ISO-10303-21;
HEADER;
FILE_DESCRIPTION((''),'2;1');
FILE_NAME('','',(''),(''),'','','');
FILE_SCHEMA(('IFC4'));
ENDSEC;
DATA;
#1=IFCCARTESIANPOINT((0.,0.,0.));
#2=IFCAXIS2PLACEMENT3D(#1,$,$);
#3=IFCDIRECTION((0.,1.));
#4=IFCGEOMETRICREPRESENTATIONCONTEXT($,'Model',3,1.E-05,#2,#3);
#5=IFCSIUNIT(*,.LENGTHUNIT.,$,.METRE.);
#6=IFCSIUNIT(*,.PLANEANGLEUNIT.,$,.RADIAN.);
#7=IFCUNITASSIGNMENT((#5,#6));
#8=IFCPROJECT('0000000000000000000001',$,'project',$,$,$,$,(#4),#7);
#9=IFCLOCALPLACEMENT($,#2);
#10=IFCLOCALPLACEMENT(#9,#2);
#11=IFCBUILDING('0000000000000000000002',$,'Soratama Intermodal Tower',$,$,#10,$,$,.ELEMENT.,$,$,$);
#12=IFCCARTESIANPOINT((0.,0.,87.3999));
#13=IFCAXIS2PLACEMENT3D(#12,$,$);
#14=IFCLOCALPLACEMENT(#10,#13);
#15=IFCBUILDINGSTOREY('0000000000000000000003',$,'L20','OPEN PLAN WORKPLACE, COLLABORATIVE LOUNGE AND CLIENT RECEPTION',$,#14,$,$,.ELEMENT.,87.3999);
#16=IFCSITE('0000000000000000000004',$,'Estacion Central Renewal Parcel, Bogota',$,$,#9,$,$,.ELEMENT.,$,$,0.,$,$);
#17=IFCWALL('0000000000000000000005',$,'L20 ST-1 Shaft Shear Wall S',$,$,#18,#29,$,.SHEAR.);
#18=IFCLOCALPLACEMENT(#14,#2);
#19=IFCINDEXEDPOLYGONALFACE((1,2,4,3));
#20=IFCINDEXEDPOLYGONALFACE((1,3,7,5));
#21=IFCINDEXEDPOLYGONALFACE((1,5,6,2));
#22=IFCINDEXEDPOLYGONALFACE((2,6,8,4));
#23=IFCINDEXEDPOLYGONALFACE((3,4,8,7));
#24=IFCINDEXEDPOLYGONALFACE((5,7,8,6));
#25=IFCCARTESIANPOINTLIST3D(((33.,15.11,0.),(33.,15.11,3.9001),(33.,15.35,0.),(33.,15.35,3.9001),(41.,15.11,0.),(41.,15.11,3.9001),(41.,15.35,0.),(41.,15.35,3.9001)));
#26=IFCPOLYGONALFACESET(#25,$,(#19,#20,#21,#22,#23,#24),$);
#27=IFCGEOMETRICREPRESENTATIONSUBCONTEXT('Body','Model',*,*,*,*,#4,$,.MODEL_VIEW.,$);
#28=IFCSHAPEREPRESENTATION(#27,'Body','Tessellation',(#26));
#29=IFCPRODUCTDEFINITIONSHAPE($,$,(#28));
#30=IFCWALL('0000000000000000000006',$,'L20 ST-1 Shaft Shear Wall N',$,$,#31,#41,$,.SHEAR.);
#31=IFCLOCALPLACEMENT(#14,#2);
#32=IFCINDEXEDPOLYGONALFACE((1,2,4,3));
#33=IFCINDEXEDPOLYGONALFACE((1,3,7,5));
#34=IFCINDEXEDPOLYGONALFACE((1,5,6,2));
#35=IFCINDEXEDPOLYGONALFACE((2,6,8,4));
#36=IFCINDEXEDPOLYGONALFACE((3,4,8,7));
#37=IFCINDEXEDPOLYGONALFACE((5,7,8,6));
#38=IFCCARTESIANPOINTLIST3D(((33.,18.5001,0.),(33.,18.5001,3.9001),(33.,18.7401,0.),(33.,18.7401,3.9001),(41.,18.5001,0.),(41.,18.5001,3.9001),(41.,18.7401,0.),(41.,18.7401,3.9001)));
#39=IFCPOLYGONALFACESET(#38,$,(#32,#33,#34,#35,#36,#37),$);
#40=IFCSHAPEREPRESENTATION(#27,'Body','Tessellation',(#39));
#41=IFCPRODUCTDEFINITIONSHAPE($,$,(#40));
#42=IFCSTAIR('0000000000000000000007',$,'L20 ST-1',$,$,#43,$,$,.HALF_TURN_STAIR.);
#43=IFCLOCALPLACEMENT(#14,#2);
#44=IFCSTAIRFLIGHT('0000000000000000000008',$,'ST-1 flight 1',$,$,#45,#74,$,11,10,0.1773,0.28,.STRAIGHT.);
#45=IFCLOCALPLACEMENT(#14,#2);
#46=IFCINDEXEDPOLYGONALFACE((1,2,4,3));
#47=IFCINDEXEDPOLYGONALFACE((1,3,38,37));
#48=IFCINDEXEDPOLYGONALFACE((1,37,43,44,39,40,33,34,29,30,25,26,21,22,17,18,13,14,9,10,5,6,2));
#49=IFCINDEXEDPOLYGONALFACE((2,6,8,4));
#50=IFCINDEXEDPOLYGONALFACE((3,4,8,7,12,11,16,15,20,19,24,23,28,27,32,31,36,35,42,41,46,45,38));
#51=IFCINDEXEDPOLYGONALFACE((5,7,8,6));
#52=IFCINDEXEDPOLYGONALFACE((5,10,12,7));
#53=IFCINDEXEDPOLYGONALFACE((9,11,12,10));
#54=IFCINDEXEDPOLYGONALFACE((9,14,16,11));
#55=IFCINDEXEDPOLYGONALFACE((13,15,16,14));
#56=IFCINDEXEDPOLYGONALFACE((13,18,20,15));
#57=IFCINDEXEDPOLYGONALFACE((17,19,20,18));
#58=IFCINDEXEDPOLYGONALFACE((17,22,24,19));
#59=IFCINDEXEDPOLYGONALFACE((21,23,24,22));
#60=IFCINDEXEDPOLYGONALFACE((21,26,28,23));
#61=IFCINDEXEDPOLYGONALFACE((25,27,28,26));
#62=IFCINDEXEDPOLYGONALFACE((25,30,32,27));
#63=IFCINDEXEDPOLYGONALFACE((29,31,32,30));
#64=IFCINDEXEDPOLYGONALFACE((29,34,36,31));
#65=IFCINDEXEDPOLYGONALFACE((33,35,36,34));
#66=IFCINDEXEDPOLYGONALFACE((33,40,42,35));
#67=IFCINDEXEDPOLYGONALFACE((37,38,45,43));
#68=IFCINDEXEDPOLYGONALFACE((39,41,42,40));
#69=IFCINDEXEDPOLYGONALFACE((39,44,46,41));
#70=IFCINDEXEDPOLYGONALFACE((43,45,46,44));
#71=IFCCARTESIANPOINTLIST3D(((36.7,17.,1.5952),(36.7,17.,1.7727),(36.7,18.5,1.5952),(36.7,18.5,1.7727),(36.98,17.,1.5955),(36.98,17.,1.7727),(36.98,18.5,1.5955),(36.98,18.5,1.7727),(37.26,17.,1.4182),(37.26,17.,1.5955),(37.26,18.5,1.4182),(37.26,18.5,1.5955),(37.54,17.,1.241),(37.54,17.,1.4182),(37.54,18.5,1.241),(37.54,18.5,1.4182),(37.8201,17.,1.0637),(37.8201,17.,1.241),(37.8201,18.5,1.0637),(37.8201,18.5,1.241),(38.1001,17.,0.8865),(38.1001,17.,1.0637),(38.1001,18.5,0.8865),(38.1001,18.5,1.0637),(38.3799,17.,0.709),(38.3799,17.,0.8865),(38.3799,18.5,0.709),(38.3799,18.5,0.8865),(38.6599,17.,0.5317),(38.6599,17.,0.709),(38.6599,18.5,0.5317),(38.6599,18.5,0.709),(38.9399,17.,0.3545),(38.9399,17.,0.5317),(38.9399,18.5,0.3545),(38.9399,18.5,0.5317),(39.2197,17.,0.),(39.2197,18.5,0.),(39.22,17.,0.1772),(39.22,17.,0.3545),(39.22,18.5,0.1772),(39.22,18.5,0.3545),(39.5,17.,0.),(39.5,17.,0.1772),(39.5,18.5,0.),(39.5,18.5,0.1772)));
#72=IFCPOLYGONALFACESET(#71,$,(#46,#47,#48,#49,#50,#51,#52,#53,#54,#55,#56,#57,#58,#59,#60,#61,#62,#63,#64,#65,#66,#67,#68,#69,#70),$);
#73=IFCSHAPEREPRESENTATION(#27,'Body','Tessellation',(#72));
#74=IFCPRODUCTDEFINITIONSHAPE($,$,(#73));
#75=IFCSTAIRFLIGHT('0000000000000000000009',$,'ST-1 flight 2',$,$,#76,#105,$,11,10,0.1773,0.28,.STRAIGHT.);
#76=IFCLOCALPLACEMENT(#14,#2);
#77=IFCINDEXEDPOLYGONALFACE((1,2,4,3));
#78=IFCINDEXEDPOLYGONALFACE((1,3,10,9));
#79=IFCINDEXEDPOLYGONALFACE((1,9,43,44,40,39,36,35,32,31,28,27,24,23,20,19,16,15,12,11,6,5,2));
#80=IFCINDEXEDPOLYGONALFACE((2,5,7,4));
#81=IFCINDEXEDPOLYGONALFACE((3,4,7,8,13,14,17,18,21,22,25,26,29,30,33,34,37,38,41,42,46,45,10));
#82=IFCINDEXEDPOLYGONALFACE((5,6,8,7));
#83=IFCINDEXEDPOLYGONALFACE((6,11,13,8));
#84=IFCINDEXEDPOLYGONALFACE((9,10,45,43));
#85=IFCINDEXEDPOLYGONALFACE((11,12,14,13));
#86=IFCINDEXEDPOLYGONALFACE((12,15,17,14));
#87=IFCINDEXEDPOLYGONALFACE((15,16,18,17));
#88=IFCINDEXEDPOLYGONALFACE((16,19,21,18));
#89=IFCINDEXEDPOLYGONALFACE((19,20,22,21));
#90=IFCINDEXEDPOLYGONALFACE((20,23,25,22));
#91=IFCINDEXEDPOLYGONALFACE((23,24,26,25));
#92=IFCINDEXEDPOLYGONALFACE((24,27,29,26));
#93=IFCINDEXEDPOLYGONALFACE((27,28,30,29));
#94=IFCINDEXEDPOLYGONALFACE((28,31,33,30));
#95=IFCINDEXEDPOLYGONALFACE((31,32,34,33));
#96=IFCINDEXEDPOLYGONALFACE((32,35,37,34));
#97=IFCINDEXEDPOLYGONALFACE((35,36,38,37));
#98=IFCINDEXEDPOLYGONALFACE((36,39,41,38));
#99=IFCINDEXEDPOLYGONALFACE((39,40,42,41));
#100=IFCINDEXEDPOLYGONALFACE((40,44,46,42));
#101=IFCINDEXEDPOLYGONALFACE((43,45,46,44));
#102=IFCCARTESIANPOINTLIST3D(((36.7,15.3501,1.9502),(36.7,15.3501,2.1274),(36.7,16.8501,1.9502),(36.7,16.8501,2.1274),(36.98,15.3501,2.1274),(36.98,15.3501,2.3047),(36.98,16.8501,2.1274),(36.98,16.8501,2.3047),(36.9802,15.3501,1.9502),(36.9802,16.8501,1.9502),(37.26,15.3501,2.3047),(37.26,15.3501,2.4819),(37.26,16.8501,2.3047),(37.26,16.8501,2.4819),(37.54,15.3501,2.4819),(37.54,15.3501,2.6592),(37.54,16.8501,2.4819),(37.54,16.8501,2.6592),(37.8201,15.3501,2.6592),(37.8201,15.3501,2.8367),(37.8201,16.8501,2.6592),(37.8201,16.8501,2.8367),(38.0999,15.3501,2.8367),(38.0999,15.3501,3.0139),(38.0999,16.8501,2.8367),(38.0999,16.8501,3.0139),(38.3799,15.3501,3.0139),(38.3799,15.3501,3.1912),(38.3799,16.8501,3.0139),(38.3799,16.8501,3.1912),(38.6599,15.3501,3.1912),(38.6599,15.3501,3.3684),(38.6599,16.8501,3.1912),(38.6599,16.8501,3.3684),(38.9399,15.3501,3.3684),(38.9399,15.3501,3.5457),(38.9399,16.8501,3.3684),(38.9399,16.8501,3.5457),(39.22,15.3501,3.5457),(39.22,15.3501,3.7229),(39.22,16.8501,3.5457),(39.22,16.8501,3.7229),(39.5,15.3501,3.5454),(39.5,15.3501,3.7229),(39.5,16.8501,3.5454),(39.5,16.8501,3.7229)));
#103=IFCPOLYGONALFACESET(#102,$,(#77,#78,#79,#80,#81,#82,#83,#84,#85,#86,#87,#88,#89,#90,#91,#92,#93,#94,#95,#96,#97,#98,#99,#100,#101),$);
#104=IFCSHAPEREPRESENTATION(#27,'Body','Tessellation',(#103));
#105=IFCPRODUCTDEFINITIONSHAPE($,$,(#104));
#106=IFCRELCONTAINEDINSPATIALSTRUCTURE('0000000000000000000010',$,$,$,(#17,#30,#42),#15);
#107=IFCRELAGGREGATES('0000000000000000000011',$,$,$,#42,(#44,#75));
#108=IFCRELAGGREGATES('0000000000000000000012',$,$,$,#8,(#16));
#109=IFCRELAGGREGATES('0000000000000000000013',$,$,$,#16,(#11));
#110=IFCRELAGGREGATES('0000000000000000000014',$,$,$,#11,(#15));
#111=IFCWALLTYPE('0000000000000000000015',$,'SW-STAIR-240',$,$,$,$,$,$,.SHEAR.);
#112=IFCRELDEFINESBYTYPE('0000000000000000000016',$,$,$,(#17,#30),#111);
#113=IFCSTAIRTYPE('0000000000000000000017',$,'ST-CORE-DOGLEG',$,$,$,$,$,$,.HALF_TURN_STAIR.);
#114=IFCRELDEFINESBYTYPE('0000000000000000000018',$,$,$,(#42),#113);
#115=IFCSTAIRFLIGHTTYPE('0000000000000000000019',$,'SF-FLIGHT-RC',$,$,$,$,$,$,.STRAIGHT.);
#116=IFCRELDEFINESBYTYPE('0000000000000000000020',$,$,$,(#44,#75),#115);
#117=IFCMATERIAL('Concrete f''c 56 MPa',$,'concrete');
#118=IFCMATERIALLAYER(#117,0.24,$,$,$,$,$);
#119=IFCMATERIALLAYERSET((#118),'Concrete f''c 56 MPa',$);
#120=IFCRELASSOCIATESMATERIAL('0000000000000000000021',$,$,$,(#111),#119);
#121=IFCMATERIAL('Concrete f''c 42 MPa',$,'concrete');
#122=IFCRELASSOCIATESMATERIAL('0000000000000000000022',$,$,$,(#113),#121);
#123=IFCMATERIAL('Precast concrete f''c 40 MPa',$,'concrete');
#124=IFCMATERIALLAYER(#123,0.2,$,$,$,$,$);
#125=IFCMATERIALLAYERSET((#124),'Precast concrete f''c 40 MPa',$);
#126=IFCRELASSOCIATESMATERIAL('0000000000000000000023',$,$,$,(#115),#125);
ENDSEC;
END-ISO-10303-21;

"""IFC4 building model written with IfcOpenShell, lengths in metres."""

from ifc_helpers import new_model, si_unit, direction, frame, frame_2d, origin, place, context, subcontext, project, spatial, polyline, rectangle, outline, extrude, material, layer, layer_set, type_object, element, aggregate, save


model = new_model("IFC4")

# Units and contexts
model_context = context("Model", 3, precision=1e-05, world=origin(), true_north=direction((0.0, 1.0)))
body_context = subcontext(model_context, "Body", "Model", "MODEL_VIEW")
ifc_project = project(units=[si_unit("LENGTHUNIT", "METRE"), si_unit("PLANEANGLEUNIT", "RADIAN")], contexts=[model_context])

# Site, building, storey
site_placement = place(None, origin())
site = spatial("IfcSite", under=ifc_project, at=site_placement, Name="Estacion Central Renewal Parcel, Bogota", CompositionType="ELEMENT", RefElevation=0.0)
building_placement = place(site_placement, origin())
building = spatial("IfcBuilding", under=site, at=building_placement, Name="Soratama Intermodal Tower", CompositionType="ELEMENT")
storey_placement = place(building_placement, frame((0.0, 0.0, 87.3999)))
storey = spatial("IfcBuildingStorey", under=building, at=storey_placement, Name="L20", Description="OPEN PLAN WORKPLACE, COLLABORATIVE LOUNGE AND CLIENT RECEPTION", CompositionType="ELEMENT", Elevation=87.3999)

# Walls
ifc_material_1 = material(Name="Concrete f'c 56 MPa", Category="concrete")
ifc_layer_1 = layer(ifc_material_1, 0.24)
ifc_layer_set_1 = layer_set([ifc_layer_1], Name="Concrete f'c 56 MPa")
wall_type_1 = type_object("IfcWallType", Name="SW-STAIR-240", PredefinedType="SHEAR", material=ifc_layer_set_1)
for number, where, z_axis, x_axis, name in (
    (1, (33.0, 15.23, 0.0), (0.0, 0.0, 1.0), (1.0, 0.0, 0.0), "L20 ST-1 Shaft Shear Wall S"),
    (2, (33.0, 18.6201, 0.0), (0.0, 0.0, 1.0), (1.0, 0.0, 0.0), "L20 ST-1 Shaft Shear Wall N"),
):
    element("IfcWall", number, at=place(storey_placement, frame(where, z_axis=z_axis, x_axis=x_axis)), inside=storey, type_object=wall_type_1, Name=name, PredefinedType="SHEAR", context=body_context, shape_type="SweptSolid", body=[
        extrude(rectangle(XDim=8.0, YDim=0.24, at=frame_2d((4.0, 0.0))), origin(), (0.0, 0.0, 1.0), 3.9001),
    ])

# Stair, stair flights
ifc_material_2 = material(Name="Concrete f'c 42 MPa", Category="concrete")
stair_type = type_object("IfcStairType", Name="ST-CORE-DOGLEG", PredefinedType="HALF_TURN_STAIR", material=ifc_material_2)
stair_placement = place(storey_placement, origin())
stair = element("IfcStair", 3, at=stair_placement, inside=storey, type_object=stair_type, Name="L20 ST-1", PredefinedType="HALF_TURN_STAIR")
ifc_material_3 = material(Name="Precast concrete f'c 40 MPa", Category="concrete")
ifc_layer_2 = layer(ifc_material_3, 0.2)
ifc_layer_set_2 = layer_set([ifc_layer_2], Name="Precast concrete f'c 40 MPa")
stair_flight_type = type_object("IfcStairFlightType", Name="SF-FLIGHT-RC", PredefinedType="STRAIGHT", material=ifc_layer_set_2)
stair_flight_1_placement = place(storey_placement, frame((39.5, 17.75, 0.0), z_axis=(0.0, 0.0, 1.0), x_axis=(-1.0, 0.0, 0.0)))
stair_flight_1 = element("IfcStairFlight", 4, at=stair_flight_1_placement, type_object=stair_flight_type, Name="ST-1 flight 1", NumberOfRisers=11, NumberOfTreads=10, PredefinedType="STRAIGHT", RiserHeight=0.1773, TreadLength=0.28, context=body_context, shape_type="SweptSolid", body=[
    extrude(outline(polyline([(0.0, 0.0), (0.0, 0.1772), (0.28, 0.1772), (0.28, 0.3545), (0.5601, 0.3545), (0.5601, 0.5317), (0.8401, 0.5317), (0.8401, 0.709), (1.1201, 0.709), (1.1201, 0.8865), (1.3999, 0.8865), (1.3999, 1.0637), (1.6799, 1.0637), (1.6799, 1.241), (1.96, 1.241), (1.96, 1.4182), (2.24, 1.4182), (2.24, 1.5955), (2.52, 1.5955), (2.52, 1.7727), (2.8, 1.7727), (2.8, 1.95), (2.8, 1.5952), (0.2803, 0.0), (0.0, 0.0)])), frame((0.0, 0.75, 0.0), z_axis=(0.0, -1.0, 0.0), x_axis=(1.0, 0.0, 0.0)), (0.0, 0.0, 1.0), 1.5),
])
stair_flight_2_placement = place(storey_placement, frame((36.7, 16.1001, 1.9502), z_axis=(0.0, 0.0, 1.0), x_axis=(1.0, 0.0, 0.0)))
stair_flight_2 = element("IfcStairFlight", 5, at=stair_flight_2_placement, type_object=stair_flight_type, Name="ST-1 flight 2", NumberOfRisers=11, NumberOfTreads=10, PredefinedType="STRAIGHT", RiserHeight=0.1773, TreadLength=0.28, context=body_context, shape_type="SweptSolid", body=[
    extrude(outline(polyline([(0.0, 0.0), (0.0, 0.1772), (0.28, 0.1772), (0.28, 0.3545), (0.5601, 0.3545), (0.5601, 0.5317), (0.8401, 0.5317), (0.8401, 0.709), (1.1201, 0.709), (1.1201, 0.8865), (1.3999, 0.8865), (1.3999, 1.0637), (1.6799, 1.0637), (1.6799, 1.241), (1.96, 1.241), (1.96, 1.4182), (2.24, 1.4182), (2.24, 1.5955), (2.52, 1.5955), (2.52, 1.7727), (2.8, 1.7727), (2.8, 1.95), (2.8, 1.5952), (0.2803, 0.0), (0.0, 0.0)])), frame((0.0, 0.75, 0.0), z_axis=(0.0, -1.0, 0.0), x_axis=(1.0, 0.0, 0.0)), (0.0, 0.0, 1.0), 1.5),
])
aggregate(stair, [stair_flight_1, stair_flight_2])

save(model, "model.ifc")
